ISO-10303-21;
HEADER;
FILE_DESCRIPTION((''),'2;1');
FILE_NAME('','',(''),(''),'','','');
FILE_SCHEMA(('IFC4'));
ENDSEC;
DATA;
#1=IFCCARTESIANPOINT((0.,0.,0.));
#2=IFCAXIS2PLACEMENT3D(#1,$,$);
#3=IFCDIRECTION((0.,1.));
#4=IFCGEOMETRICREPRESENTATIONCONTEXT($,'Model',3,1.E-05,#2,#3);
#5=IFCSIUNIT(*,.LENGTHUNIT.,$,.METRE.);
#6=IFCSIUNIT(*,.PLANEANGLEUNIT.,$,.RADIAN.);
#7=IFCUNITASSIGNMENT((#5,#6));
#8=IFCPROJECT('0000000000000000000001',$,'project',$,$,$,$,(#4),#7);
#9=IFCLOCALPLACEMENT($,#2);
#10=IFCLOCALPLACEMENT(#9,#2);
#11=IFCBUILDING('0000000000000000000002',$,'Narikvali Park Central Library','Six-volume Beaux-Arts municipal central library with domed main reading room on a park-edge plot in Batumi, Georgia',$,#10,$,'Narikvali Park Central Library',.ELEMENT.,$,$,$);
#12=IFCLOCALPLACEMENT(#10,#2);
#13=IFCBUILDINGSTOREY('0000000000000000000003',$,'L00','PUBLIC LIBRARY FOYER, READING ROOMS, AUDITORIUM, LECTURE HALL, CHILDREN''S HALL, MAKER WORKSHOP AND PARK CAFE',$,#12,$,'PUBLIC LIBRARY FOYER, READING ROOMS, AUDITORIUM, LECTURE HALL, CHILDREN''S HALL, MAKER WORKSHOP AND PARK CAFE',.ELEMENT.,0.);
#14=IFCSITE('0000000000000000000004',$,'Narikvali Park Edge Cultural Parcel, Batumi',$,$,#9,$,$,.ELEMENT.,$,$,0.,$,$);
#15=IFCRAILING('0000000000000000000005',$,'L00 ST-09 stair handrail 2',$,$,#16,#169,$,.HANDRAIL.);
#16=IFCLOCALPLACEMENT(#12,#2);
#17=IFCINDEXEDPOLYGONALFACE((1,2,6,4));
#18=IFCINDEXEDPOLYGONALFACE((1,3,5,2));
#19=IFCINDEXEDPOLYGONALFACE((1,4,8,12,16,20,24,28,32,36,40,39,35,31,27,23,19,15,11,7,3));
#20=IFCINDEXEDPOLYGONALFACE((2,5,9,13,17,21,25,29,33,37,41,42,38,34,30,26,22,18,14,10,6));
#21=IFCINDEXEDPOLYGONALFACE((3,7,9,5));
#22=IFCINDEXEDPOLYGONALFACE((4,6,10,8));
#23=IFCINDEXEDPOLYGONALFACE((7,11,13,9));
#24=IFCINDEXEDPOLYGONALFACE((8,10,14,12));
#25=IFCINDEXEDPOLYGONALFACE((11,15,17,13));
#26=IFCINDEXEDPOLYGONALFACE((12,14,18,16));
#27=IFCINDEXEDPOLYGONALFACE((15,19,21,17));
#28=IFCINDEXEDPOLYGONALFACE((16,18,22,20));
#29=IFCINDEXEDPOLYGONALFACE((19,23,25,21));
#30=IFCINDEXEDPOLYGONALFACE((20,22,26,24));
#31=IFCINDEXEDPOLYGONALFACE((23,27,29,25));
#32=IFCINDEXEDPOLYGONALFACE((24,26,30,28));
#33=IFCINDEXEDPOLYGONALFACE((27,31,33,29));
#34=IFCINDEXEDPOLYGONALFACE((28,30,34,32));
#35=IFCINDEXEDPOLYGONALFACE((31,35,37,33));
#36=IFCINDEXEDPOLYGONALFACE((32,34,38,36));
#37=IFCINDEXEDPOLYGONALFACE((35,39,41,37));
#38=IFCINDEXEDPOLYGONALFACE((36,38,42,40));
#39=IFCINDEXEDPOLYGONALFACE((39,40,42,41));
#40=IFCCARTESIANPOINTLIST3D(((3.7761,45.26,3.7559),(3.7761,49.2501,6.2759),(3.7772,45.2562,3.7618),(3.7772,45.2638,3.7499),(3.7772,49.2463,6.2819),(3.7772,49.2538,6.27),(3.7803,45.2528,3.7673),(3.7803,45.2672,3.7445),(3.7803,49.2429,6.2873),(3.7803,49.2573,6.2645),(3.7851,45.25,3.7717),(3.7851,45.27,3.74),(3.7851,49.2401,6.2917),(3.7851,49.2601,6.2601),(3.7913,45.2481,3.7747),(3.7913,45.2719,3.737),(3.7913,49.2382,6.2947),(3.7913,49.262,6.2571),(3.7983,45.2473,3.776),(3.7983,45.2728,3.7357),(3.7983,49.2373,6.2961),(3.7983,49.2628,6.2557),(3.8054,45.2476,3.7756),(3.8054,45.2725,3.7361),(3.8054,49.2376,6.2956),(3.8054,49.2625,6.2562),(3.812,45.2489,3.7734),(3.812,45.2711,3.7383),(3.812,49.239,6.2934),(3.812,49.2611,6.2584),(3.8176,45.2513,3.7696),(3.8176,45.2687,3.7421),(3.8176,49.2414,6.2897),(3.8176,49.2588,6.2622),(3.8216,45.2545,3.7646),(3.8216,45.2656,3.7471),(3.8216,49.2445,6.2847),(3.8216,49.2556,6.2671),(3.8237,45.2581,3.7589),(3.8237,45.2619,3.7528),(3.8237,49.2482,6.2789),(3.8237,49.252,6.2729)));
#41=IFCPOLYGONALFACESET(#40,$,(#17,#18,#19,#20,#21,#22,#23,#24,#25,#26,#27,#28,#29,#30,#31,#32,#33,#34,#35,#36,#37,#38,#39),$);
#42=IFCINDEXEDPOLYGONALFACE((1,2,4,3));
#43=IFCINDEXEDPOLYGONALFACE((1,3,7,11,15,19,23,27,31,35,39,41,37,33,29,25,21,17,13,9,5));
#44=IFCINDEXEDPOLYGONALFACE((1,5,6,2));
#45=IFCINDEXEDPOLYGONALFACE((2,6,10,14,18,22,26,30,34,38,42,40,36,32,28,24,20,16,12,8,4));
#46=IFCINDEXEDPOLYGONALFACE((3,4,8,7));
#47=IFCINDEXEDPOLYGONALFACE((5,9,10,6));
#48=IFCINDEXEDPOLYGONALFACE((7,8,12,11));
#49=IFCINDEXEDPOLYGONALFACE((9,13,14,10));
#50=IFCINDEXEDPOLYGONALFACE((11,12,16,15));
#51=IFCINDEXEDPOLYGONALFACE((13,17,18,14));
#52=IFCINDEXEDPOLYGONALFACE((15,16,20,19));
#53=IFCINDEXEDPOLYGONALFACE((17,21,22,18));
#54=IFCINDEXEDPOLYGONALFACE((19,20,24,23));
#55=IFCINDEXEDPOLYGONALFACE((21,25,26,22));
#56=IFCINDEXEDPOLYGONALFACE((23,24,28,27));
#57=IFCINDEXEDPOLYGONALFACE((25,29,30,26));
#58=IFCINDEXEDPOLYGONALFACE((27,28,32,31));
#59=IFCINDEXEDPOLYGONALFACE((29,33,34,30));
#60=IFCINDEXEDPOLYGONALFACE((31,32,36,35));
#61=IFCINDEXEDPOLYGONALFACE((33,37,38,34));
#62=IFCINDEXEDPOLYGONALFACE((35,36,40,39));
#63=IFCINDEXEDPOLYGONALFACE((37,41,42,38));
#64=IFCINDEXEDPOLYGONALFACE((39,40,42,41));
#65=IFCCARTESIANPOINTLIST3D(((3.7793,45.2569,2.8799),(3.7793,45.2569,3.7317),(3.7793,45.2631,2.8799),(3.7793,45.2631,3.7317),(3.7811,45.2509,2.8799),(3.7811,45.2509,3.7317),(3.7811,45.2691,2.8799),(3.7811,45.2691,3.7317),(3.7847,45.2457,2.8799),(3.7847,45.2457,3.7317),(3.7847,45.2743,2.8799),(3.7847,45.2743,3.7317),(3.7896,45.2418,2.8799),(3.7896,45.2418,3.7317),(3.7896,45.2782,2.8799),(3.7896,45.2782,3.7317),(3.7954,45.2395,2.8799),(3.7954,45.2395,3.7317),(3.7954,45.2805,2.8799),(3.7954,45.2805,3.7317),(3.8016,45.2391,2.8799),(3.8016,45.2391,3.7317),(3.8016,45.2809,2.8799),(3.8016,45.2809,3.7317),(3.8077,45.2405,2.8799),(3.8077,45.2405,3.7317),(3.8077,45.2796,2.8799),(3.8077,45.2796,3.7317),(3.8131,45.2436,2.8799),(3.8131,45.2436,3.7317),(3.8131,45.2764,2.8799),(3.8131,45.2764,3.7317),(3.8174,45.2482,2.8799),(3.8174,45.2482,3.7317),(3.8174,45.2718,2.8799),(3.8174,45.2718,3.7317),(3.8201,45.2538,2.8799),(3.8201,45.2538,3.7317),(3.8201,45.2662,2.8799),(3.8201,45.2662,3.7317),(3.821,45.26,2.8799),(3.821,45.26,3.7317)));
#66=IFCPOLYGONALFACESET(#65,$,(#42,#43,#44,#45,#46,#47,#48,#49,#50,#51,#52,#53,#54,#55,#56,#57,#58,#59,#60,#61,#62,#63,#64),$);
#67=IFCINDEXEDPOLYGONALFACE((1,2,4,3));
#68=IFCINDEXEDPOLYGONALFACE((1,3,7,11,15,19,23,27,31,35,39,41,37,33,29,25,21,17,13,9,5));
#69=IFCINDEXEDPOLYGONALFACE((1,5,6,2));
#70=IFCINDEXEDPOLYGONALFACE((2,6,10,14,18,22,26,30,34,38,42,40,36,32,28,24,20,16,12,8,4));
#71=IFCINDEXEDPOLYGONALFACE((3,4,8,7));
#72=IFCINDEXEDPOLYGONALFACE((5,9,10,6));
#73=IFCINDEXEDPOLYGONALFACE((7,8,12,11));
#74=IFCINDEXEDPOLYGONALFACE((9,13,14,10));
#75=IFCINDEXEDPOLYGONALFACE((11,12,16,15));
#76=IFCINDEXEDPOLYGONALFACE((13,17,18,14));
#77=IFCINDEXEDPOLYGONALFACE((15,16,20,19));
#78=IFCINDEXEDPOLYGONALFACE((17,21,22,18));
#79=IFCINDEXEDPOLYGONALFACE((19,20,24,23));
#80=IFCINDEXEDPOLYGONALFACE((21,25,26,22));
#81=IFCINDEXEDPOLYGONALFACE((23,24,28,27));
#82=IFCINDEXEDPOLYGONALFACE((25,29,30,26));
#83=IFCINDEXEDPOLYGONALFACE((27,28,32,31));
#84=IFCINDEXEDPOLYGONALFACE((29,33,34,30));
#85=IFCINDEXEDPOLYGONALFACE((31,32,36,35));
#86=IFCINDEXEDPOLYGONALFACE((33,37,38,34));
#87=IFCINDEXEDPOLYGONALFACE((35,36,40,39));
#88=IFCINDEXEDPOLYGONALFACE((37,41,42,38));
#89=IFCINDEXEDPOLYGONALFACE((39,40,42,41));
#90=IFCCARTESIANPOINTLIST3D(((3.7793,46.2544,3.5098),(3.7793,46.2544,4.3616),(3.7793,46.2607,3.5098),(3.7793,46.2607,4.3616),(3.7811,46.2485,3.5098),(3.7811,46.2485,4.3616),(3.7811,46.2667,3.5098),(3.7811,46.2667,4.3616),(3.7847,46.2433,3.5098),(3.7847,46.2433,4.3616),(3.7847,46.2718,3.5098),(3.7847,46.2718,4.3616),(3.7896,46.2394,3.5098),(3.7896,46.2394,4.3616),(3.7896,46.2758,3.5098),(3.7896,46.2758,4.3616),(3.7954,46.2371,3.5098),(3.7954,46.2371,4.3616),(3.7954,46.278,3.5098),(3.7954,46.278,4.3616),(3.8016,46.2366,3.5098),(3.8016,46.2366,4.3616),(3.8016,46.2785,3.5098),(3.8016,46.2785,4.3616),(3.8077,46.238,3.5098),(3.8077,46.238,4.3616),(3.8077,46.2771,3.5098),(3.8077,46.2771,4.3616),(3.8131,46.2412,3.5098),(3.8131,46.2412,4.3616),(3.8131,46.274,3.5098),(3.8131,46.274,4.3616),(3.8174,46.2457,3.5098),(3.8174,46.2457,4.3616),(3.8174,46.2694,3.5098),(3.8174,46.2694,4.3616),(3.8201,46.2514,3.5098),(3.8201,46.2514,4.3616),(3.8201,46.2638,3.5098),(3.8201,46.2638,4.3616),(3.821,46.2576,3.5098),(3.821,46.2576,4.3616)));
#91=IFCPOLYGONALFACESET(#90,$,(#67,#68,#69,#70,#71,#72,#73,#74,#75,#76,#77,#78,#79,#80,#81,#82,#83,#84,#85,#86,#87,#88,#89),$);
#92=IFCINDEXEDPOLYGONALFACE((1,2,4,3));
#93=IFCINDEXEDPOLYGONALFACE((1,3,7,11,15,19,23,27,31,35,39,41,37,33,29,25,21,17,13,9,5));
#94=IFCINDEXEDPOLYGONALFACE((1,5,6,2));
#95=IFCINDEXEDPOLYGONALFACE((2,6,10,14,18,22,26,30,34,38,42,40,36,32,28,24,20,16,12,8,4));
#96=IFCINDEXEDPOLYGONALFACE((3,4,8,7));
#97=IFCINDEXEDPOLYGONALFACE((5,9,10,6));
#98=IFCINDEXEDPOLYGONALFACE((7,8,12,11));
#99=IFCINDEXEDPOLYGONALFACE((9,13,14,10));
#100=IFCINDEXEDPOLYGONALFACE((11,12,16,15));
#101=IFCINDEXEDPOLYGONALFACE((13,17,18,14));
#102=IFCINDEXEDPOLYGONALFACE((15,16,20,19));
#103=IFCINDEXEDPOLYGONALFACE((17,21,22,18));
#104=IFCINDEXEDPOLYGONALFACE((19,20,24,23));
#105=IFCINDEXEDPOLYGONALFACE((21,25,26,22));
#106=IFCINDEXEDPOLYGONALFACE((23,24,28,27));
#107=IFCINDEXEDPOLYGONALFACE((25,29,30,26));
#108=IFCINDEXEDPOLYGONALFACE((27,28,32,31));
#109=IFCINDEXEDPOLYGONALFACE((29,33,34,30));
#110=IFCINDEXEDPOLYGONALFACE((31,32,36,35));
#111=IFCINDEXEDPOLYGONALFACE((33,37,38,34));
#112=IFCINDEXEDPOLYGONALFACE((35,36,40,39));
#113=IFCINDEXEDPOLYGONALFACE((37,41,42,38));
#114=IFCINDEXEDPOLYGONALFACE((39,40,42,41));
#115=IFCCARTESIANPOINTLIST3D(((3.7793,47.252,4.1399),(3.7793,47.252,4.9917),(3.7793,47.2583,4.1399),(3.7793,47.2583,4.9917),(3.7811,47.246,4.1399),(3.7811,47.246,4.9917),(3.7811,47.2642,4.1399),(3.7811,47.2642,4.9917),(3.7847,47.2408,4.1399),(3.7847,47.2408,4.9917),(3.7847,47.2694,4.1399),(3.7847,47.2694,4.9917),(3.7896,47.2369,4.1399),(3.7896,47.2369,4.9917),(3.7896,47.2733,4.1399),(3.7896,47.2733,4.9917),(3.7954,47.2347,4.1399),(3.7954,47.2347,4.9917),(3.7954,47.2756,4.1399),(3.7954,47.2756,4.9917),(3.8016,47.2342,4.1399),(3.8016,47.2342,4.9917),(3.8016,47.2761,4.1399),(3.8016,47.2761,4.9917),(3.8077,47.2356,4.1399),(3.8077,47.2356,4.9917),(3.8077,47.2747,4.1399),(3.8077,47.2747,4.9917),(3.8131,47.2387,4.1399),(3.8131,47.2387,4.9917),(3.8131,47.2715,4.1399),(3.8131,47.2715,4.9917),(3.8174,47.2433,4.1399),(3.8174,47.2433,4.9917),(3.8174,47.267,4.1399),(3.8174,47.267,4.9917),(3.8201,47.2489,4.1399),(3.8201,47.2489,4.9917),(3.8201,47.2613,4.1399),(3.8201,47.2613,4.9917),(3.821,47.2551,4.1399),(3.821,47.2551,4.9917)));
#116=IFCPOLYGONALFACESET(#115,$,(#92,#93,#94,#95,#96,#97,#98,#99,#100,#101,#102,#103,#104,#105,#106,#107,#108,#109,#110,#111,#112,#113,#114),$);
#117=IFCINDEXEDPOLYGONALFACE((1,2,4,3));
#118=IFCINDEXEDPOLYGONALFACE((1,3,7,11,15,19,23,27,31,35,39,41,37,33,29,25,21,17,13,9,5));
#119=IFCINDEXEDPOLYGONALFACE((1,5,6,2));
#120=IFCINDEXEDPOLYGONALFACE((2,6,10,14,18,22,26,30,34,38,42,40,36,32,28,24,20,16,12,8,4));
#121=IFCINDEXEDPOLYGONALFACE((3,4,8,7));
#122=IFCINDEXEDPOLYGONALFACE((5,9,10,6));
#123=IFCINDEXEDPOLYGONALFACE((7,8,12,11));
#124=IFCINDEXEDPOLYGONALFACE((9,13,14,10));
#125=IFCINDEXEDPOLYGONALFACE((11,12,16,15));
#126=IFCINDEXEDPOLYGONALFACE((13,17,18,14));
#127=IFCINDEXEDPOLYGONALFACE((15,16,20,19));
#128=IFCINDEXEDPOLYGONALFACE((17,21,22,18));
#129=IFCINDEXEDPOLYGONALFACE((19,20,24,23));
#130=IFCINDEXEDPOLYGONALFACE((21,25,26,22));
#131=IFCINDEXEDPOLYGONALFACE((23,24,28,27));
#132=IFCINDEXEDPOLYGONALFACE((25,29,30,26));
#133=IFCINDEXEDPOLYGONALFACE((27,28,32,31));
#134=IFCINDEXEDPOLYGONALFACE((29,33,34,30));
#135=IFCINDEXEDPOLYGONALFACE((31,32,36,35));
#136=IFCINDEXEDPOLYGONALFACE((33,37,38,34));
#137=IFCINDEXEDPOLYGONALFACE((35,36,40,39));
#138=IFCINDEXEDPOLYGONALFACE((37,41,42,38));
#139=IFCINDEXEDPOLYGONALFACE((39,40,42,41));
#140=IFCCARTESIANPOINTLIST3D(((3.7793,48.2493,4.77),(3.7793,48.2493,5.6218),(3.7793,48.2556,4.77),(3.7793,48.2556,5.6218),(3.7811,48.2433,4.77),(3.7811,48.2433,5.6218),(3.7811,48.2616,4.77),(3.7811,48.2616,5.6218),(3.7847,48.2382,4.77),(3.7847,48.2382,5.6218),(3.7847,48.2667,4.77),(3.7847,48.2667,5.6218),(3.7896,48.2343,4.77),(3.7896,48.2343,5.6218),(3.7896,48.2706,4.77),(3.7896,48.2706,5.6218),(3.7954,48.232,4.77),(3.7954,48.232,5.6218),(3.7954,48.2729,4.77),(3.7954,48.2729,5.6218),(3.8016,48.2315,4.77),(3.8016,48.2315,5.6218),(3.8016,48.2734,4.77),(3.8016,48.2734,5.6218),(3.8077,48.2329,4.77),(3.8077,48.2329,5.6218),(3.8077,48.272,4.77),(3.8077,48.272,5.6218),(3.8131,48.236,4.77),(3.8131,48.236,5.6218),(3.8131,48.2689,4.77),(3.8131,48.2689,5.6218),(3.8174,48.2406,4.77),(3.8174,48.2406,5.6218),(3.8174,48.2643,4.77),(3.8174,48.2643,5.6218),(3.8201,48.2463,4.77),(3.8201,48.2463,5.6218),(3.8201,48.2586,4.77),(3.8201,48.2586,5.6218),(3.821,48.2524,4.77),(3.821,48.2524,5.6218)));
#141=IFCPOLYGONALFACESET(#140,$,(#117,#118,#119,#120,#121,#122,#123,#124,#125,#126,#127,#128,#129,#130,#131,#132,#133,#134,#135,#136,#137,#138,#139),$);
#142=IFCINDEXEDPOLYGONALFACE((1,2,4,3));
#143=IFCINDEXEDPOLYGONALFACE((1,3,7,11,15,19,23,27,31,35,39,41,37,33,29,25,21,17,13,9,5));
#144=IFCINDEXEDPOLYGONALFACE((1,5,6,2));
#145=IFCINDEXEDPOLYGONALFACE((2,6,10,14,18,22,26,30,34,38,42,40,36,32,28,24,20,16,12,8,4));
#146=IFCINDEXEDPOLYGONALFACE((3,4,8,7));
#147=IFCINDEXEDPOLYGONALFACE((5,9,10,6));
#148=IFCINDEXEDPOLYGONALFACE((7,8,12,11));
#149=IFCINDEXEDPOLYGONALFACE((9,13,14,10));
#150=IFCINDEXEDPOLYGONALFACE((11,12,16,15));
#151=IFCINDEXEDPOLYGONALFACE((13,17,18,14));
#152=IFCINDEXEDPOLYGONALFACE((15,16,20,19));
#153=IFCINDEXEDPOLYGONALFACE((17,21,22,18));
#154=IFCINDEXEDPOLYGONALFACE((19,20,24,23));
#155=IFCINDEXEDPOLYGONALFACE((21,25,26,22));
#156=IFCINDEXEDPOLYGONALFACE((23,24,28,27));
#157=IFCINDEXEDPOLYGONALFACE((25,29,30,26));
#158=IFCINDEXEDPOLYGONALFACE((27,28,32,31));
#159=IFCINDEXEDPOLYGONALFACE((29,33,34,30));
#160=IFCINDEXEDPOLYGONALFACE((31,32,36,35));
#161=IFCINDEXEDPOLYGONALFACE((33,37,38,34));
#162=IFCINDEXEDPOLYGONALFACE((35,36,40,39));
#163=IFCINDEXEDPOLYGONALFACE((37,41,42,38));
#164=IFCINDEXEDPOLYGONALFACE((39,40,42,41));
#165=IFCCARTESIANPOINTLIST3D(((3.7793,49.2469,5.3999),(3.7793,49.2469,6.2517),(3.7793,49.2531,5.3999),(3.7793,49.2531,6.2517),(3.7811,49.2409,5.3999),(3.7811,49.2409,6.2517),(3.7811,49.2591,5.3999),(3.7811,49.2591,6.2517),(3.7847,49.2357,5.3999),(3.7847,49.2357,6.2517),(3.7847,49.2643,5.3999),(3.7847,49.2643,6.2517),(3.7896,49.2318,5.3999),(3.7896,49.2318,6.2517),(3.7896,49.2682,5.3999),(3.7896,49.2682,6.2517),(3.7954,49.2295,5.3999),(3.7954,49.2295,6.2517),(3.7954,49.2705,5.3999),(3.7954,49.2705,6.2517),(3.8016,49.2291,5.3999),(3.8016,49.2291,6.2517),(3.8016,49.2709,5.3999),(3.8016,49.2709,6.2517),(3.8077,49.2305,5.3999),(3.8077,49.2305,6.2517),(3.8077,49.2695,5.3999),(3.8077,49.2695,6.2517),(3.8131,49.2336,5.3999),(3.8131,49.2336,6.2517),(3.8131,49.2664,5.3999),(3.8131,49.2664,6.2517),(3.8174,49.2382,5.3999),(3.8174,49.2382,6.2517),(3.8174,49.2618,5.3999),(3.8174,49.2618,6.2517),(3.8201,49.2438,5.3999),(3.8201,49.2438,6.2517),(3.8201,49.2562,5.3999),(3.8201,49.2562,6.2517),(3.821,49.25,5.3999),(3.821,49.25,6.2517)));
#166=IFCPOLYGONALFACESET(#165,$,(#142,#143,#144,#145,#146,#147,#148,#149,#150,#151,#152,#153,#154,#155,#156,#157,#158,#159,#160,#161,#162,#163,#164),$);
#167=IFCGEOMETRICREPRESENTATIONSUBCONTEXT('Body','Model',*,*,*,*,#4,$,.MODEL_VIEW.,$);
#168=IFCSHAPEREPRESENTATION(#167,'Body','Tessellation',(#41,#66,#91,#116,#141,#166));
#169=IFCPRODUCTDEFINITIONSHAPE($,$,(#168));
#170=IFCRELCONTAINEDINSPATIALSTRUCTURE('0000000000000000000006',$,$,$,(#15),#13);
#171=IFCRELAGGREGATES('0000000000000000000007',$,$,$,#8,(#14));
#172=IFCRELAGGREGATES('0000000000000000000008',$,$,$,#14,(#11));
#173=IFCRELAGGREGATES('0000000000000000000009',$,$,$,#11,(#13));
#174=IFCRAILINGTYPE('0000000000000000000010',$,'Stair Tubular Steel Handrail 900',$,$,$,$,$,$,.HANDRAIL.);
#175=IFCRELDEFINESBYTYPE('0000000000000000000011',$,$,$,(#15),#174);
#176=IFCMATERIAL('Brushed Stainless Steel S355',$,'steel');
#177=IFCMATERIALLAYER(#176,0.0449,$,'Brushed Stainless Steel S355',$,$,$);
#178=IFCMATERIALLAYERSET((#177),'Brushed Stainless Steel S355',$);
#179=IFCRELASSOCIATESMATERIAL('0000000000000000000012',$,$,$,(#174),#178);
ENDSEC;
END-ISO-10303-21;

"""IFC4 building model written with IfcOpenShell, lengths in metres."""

from ifc_helpers import new_model, si_unit, direction, frame, origin, origin_2d, place, context, subcontext, project, spatial, circle, extrude, material, layer, layer_set, type_object, element, save


model = new_model("IFC4")

# Units and contexts
model_context = context("Model", 3, precision=1e-05, world=origin(), true_north=direction((0.0, 1.0)))
body_context = subcontext(model_context, "Body", "Model", "MODEL_VIEW")
ifc_project = project(units=[si_unit("LENGTHUNIT", "METRE"), si_unit("PLANEANGLEUNIT", "RADIAN")], contexts=[model_context])

# Site, building, storey
site_placement = place(None, origin())
site = spatial("IfcSite", under=ifc_project, at=site_placement, Name="Narikvali Park Edge Cultural Parcel, Batumi", CompositionType="ELEMENT", RefElevation=0.0)
building_placement = place(site_placement, origin())
building = spatial("IfcBuilding", under=site, at=building_placement, Name="Narikvali Park Central Library", Description="Six-volume Beaux-Arts municipal central library with domed main reading room on a park-edge plot in Batumi, Georgia", LongName="Narikvali Park Central Library", CompositionType="ELEMENT")
storey_placement = place(building_placement, origin())
storey = spatial("IfcBuildingStorey", under=building, at=storey_placement, Name="L00", Description="PUBLIC LIBRARY FOYER, READING ROOMS, AUDITORIUM, LECTURE HALL, CHILDREN'S HALL, MAKER WORKSHOP AND PARK CAFE", LongName="PUBLIC LIBRARY FOYER, READING ROOMS, AUDITORIUM, LECTURE HALL, CHILDREN'S HALL, MAKER WORKSHOP AND PARK CAFE", CompositionType="ELEMENT", Elevation=0.0)

# Railing
ifc_material_1 = material(Name="Brushed Stainless Steel S355", Category="steel")
ifc_layer_1 = layer(ifc_material_1, 0.0449, Name="Brushed Stainless Steel S355")
ifc_layer_set_1 = layer_set([ifc_layer_1], Name="Brushed Stainless Steel S355")
railing_type_1 = type_object("IfcRailingType", Name="Stair Tubular Steel Handrail 900", PredefinedType="HANDRAIL", material=ifc_layer_set_1)
railing_1_placement = place(storey_placement, frame((3.8, 45.26, 2.8799)))
element("IfcRailing", 1, at=railing_1_placement, inside=storey, type_object=railing_type_1, Name="L00 ST-09 stair handrail 2", PredefinedType="HANDRAIL", context=body_context, shape_type="SweptSolid", body=[
    extrude(circle(Radius=0.0239, at=origin_2d()), frame((0.0, 0.0, 0.876), z_axis=(0.0, 0.845486, 0.533997), x_axis=(-1.0, 0.0, 0.0)), (0.0, 0.0, 1.0), 4.7192),
    extrude(circle(Radius=0.021, at=origin_2d()), origin(), (0.0, 0.0, 1.0), 0.8518),
    extrude(circle(Radius=0.021, at=origin_2d()), frame((0.0, 0.9976, 0.6299)), (0.0, 0.0, 1.0), 0.8518),
    extrude(circle(Radius=0.021, at=origin_2d()), frame((0.0, 1.9951, 1.26)), (0.0, 0.0, 1.0), 0.8518),
    extrude(circle(Radius=0.021, at=origin_2d()), frame((0.0, 2.9924, 1.8901)), (0.0, 0.0, 1.0), 0.8518),
    extrude(circle(Radius=0.021, at=origin_2d()), frame((0.0, 3.99, 2.52)), (0.0, 0.0, 1.0), 0.8518),
])

save(model, "model.ifc")
